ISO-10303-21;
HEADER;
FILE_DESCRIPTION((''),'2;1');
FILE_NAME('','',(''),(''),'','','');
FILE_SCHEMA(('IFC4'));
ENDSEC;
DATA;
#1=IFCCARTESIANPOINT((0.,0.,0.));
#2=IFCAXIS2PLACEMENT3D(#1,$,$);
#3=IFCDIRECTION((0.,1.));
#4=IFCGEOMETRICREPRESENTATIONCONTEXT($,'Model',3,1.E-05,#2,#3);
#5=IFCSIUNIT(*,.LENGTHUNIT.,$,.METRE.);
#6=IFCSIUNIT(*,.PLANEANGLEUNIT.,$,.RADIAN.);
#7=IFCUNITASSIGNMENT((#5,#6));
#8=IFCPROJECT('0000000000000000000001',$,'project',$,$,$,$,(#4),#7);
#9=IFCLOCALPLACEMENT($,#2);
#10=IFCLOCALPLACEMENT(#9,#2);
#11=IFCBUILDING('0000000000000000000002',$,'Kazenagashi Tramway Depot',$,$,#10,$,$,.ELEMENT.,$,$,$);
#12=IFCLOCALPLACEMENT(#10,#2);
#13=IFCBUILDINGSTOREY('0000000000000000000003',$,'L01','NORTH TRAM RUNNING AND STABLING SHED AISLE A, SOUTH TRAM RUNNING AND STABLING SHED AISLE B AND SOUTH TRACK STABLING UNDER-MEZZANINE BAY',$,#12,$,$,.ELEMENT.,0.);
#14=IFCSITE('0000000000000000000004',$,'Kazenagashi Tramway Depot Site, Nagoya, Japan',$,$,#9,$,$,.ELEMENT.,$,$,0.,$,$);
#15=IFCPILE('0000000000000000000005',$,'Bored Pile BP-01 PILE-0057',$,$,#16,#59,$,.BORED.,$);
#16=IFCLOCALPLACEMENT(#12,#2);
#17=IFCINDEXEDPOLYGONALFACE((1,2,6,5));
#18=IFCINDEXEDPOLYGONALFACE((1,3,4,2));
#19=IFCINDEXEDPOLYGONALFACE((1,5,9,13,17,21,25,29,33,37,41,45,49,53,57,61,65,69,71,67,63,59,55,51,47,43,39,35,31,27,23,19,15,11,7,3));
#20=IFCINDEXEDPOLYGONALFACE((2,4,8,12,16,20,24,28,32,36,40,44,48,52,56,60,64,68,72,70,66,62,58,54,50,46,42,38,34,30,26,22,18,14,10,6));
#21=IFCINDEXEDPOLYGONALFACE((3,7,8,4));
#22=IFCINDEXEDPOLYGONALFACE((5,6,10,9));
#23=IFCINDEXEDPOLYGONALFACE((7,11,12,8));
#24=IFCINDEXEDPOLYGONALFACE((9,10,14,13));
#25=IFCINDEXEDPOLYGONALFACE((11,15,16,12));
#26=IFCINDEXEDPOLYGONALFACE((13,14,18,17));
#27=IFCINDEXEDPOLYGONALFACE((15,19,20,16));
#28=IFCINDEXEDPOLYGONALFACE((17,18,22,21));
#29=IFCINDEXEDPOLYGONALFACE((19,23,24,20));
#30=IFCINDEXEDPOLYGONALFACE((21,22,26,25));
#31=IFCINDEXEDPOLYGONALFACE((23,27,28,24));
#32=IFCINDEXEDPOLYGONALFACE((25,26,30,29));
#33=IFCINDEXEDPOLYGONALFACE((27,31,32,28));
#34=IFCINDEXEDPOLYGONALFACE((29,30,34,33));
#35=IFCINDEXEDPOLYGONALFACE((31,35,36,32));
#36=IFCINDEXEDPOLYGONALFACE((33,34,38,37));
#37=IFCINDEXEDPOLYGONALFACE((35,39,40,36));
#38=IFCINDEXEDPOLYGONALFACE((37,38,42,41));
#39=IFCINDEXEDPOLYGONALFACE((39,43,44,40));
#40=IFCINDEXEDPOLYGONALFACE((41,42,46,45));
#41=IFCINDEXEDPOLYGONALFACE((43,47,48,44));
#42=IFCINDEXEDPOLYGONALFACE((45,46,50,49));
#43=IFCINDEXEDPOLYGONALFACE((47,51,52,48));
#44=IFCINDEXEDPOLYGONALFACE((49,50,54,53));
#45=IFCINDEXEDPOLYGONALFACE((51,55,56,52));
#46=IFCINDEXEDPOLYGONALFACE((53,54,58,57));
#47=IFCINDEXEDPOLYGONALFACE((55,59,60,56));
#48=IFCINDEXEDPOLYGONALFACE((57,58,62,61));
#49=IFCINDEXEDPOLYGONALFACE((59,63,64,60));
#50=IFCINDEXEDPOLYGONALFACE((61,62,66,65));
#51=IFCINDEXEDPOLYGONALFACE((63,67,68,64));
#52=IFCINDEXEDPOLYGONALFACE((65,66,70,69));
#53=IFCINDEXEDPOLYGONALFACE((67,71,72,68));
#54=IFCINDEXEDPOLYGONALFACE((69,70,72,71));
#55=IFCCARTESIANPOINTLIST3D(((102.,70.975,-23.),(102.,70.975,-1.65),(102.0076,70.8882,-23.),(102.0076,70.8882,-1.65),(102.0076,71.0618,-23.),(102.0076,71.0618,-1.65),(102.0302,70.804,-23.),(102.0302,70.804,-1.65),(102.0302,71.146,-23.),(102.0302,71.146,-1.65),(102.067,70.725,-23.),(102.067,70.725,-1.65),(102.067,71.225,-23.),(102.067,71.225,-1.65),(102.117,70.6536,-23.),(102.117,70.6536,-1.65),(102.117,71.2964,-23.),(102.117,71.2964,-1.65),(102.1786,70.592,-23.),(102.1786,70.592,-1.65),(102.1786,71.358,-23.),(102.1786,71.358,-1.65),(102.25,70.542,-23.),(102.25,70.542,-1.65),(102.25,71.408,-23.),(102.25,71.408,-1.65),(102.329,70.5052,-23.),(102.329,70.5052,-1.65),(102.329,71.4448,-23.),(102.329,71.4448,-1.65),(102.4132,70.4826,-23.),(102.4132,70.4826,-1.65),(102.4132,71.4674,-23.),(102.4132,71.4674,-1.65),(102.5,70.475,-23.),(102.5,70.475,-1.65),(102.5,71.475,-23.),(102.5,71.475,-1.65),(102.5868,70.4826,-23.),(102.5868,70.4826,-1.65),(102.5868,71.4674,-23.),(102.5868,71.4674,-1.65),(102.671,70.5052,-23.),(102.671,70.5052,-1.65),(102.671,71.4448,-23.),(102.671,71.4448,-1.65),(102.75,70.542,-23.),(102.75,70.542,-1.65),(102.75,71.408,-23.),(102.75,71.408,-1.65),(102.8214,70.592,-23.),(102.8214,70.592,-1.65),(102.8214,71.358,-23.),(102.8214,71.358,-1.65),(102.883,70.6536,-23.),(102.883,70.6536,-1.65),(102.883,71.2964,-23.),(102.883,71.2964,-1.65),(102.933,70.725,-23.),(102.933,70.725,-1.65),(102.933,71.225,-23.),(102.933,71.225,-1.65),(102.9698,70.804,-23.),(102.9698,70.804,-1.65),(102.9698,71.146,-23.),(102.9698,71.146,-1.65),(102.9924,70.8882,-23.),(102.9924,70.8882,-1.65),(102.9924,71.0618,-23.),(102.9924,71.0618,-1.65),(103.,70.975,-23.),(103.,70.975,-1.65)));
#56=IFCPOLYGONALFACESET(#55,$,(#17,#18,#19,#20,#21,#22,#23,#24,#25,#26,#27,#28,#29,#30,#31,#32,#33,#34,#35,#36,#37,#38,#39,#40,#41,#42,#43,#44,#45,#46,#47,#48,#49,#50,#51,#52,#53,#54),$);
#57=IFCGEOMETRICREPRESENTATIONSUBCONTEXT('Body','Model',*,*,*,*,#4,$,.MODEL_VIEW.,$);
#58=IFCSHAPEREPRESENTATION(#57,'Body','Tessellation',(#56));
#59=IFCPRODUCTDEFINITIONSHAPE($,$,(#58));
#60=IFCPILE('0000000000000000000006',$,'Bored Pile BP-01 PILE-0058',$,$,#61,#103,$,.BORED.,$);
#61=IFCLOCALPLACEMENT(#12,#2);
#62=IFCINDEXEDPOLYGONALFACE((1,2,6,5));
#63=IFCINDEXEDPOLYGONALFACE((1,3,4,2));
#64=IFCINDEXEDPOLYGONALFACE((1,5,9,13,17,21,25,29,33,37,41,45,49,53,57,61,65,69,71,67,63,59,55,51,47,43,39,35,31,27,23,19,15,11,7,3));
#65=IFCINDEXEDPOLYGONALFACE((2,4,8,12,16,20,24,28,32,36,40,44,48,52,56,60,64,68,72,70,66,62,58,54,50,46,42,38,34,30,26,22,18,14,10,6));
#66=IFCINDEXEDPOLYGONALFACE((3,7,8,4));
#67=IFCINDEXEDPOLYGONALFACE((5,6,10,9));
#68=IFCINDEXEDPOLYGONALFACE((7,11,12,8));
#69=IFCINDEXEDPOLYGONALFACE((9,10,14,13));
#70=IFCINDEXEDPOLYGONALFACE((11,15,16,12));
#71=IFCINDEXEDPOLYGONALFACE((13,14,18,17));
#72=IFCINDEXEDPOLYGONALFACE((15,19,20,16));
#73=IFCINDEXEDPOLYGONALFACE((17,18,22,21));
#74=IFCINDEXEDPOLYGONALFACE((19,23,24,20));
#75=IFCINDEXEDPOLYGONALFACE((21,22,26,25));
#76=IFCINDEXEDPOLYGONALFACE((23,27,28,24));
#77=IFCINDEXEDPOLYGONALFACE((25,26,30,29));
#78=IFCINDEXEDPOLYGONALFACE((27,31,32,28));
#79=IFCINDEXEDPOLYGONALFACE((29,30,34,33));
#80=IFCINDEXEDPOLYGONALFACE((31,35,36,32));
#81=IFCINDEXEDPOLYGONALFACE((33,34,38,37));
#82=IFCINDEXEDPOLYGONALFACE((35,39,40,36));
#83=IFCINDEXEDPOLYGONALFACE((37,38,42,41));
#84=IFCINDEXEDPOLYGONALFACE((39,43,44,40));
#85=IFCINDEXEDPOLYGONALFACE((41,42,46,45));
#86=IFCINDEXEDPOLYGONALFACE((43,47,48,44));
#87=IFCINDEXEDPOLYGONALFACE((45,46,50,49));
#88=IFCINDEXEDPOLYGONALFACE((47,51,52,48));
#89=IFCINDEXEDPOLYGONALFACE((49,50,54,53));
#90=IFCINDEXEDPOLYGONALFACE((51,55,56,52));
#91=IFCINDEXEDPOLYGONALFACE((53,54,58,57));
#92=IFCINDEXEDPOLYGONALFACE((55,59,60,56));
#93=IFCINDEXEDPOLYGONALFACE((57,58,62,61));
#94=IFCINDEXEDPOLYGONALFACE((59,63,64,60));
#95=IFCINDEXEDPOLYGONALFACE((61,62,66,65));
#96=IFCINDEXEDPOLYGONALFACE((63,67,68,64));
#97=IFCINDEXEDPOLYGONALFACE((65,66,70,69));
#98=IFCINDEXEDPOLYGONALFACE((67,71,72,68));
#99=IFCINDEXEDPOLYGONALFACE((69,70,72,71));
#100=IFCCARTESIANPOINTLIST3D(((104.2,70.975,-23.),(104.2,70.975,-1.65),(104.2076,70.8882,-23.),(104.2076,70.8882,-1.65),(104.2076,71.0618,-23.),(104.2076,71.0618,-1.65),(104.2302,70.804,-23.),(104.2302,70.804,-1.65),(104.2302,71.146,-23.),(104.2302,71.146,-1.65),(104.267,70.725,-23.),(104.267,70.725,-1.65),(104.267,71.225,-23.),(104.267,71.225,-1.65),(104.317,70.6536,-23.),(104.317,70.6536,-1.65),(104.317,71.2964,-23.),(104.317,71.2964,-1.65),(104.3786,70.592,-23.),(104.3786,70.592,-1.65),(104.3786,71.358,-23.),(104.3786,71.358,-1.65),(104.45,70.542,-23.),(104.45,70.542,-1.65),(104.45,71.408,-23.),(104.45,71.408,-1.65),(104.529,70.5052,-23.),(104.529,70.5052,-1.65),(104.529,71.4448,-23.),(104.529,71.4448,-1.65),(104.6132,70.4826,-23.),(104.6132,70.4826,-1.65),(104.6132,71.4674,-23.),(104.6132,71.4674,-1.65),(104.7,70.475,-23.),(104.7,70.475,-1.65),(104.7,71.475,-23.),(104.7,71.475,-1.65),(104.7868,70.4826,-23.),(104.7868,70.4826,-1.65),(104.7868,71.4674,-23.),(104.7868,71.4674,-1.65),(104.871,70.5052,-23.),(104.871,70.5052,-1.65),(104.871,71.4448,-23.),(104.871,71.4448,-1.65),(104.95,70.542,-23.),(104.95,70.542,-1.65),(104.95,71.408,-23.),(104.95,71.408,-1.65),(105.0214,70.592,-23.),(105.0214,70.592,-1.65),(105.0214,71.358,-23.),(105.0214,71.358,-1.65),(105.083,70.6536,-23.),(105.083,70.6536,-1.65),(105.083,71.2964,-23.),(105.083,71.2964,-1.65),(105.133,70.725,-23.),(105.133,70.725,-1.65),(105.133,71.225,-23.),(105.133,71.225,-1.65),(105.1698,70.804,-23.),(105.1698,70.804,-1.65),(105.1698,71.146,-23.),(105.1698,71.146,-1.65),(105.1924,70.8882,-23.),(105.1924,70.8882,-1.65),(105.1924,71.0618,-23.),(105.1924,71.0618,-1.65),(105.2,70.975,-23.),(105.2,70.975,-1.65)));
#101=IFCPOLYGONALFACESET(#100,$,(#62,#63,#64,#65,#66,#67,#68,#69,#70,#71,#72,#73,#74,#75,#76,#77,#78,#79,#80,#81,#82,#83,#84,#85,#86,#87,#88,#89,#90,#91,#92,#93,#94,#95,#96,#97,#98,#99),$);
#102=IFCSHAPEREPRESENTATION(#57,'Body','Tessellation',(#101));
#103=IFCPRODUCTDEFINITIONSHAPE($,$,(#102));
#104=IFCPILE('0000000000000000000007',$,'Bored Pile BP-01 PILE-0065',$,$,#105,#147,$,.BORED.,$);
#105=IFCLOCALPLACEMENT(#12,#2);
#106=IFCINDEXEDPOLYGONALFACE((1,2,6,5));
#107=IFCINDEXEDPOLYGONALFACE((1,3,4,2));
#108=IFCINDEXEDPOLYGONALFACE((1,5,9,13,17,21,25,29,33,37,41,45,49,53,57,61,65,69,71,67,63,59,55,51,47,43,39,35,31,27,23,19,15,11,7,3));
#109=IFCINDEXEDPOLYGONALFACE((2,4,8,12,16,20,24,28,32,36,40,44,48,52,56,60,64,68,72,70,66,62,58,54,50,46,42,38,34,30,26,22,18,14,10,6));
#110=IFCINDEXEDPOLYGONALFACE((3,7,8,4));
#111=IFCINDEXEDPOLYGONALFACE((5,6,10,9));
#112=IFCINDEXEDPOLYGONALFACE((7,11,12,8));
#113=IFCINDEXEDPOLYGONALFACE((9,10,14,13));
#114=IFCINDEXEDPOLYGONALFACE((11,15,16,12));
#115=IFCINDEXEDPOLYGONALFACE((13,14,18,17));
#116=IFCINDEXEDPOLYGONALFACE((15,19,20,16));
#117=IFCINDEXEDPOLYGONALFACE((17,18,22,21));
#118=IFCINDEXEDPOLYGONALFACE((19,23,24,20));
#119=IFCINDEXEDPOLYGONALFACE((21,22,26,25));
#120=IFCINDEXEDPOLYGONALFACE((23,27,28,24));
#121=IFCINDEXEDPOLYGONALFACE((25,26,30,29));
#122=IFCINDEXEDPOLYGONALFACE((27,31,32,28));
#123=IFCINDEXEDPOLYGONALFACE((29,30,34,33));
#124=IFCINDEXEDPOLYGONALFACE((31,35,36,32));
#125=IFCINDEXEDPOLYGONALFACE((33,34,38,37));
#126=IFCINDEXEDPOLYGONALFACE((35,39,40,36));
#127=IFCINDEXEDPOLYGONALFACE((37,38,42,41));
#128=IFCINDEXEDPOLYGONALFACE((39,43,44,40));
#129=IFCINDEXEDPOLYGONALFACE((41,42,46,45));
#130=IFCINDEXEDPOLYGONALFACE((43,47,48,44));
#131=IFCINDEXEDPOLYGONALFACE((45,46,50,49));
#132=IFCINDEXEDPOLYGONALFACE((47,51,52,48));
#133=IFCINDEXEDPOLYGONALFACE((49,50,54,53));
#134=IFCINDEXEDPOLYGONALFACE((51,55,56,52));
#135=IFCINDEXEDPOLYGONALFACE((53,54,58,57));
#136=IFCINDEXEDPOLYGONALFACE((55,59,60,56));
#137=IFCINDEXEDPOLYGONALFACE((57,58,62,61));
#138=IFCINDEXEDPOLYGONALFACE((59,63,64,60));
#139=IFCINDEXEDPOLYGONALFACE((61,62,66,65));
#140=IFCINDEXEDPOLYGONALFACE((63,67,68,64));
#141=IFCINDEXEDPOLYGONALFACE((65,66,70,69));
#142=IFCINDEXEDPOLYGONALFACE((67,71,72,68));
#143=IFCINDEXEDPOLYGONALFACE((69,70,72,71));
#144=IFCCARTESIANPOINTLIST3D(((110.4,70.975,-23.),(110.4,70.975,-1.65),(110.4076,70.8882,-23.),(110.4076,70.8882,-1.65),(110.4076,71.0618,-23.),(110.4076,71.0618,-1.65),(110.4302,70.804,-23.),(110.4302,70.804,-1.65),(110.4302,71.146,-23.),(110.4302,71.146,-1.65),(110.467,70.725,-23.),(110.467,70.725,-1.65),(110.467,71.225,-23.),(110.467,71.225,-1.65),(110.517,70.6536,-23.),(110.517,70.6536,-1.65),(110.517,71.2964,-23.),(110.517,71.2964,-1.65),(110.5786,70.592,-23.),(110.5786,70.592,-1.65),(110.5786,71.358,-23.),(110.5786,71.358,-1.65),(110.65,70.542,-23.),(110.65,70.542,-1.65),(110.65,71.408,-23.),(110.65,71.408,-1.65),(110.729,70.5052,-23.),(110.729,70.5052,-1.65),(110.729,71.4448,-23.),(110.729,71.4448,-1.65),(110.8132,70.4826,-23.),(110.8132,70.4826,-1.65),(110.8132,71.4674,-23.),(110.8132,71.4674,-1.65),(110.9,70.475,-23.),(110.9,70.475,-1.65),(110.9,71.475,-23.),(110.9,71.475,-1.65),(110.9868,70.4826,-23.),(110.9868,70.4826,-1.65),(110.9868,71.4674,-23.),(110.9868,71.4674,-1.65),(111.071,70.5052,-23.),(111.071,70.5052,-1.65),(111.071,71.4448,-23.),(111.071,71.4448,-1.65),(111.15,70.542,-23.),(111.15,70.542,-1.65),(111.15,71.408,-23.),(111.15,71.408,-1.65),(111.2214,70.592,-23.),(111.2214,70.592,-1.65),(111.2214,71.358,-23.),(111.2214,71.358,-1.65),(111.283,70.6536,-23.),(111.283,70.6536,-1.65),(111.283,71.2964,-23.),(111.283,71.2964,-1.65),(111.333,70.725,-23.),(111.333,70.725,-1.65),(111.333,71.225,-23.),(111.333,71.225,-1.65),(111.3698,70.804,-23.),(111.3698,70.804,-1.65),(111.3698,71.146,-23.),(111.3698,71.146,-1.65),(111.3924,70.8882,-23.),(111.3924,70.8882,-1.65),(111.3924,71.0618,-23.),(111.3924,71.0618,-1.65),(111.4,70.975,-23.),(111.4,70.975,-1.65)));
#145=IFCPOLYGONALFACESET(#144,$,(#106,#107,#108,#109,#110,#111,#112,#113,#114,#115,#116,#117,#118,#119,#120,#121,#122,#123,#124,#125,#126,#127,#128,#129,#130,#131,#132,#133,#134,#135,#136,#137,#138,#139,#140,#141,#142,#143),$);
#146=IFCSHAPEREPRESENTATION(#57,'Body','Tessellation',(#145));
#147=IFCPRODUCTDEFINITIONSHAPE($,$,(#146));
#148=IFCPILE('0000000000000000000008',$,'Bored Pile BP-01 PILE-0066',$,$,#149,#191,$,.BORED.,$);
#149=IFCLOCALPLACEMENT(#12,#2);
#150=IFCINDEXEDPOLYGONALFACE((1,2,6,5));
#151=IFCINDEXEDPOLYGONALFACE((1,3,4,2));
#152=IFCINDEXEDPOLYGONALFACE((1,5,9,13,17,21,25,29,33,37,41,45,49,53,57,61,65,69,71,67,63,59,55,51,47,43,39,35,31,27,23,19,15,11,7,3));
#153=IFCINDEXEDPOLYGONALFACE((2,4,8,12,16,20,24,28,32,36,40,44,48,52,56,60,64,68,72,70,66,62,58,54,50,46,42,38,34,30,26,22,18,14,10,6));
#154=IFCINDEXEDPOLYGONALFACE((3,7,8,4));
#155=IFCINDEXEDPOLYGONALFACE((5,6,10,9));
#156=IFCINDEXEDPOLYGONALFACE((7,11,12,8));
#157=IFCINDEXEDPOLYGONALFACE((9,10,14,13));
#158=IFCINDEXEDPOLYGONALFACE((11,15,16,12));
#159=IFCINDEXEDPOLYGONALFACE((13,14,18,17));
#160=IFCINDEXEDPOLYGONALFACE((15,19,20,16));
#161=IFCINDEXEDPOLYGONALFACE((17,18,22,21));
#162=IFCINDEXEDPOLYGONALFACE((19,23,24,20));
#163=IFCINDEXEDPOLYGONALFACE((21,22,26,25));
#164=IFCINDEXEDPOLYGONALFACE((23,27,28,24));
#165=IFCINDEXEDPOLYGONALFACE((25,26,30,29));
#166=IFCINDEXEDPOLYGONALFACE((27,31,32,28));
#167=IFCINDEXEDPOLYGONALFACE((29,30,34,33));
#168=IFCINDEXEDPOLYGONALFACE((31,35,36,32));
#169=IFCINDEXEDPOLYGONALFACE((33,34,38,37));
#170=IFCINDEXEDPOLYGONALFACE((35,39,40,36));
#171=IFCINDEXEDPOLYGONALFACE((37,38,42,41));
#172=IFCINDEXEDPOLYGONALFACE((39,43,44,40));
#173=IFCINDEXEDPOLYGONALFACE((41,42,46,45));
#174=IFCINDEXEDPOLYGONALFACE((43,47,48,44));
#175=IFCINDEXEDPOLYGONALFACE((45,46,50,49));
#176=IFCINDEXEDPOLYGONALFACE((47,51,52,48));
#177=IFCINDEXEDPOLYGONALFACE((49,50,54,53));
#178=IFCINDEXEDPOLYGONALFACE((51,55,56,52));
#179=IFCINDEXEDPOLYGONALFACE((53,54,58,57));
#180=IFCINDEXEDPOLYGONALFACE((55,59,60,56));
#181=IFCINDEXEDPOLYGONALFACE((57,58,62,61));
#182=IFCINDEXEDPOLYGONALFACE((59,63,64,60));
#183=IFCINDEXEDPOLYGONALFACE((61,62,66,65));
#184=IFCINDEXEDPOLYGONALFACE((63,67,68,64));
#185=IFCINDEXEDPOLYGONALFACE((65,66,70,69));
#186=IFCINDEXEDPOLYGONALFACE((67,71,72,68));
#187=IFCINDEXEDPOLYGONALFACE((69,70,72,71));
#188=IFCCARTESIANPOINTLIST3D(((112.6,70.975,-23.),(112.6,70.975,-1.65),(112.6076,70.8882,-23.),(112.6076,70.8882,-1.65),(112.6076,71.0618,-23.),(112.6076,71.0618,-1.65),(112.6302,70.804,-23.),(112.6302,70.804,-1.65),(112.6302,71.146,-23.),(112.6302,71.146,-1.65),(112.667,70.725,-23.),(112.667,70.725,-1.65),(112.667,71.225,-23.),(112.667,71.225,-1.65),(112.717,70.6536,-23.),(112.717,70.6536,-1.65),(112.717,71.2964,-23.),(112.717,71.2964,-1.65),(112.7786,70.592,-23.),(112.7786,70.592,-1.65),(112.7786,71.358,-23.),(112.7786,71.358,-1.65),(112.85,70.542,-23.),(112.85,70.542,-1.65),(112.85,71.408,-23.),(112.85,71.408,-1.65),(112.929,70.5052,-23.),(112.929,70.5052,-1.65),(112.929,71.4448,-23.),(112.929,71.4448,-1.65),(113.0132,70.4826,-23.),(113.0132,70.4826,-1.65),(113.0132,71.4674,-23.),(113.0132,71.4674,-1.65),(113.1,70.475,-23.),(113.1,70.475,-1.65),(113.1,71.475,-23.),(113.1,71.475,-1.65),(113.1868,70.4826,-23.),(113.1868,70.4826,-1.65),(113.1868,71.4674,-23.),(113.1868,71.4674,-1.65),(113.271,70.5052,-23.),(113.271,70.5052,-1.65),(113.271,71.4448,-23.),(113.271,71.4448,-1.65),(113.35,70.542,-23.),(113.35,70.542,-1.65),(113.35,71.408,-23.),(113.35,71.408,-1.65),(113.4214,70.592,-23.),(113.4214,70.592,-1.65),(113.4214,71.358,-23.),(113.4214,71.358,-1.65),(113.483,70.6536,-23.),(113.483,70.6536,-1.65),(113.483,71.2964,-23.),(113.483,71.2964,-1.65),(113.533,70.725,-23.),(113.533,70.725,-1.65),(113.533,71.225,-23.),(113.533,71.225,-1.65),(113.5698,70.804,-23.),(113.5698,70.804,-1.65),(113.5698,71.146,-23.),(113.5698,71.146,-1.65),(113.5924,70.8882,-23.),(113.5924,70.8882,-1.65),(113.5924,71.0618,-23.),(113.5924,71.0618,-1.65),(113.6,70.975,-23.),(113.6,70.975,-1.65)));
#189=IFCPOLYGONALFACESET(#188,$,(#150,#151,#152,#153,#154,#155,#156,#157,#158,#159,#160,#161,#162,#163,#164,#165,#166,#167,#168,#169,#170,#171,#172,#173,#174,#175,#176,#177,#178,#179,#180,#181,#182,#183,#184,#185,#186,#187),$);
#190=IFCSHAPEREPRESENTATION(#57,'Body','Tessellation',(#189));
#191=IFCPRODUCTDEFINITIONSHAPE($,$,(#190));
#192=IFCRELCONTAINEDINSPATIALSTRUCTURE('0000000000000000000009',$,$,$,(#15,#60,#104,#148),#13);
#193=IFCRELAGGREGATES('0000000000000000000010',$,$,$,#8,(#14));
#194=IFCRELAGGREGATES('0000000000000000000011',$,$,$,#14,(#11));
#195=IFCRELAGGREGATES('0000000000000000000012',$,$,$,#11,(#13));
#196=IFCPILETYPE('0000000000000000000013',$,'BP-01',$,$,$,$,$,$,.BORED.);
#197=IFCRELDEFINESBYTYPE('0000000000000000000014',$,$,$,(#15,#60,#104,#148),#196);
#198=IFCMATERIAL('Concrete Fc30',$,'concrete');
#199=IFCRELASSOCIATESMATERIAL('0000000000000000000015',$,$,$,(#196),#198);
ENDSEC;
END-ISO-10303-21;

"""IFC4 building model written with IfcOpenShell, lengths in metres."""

from ifc_helpers import new_model, si_unit, direction, frame, origin, origin_2d, place, context, subcontext, project, spatial, circle, extrude, material, material_profile, profile_set, type_object, element, save


model = new_model("IFC4")

# Units and contexts
model_context = context("Model", 3, precision=1e-05, world=origin(), true_north=direction((0.0, 1.0)))
body_context = subcontext(model_context, "Body", "Model", "MODEL_VIEW")
ifc_project = project(units=[si_unit("LENGTHUNIT", "METRE"), si_unit("PLANEANGLEUNIT", "RADIAN")], contexts=[model_context])

# Site, building, storey
site_placement = place(None, origin())
site = spatial("IfcSite", under=ifc_project, at=site_placement, Name="Kazenagashi Tramway Depot Site, Nagoya, Japan", CompositionType="ELEMENT", RefElevation=0.0)
building_placement = place(site_placement, origin())
building = spatial("IfcBuilding", under=site, at=building_placement, Name="Kazenagashi Tramway Depot", CompositionType="ELEMENT")
storey_placement = place(building_placement, origin())
storey = spatial("IfcBuildingStorey", under=building, at=storey_placement, Name="L01", Description="NORTH TRAM RUNNING AND STABLING SHED AISLE A, SOUTH TRAM RUNNING AND STABLING SHED AISLE B AND SOUTH TRACK STABLING UNDER-MEZZANINE BAY", CompositionType="ELEMENT", Elevation=0.0)

# Piles
ifc_material_1 = material(Name="Concrete Fc30", Category="concrete")
ifc_material_profile_1 = material_profile(ifc_material_1, circle(Radius=0.5, at=origin_2d()), Name="PILE-1000")
ifc_profile_set_1 = profile_set([ifc_material_profile_1], Name="Concrete Fc30")
pile_type_1 = type_object("IfcPileType", Name="BP-01", PredefinedType="BORED", material=ifc_profile_set_1)
for number, where, z_axis, x_axis, name in (
    (1, (102.5, 70.975, -1.65), (0.0, 0.0, -1.0), (1.0, 0.0, 0.0), "Bored Pile BP-01 PILE-0057"),
    (2, (104.7, 70.975, -1.65), (0.0, 0.0, -1.0), (1.0, 0.0, 0.0), "Bored Pile BP-01 PILE-0058"),
    (3, (110.9, 70.975, -1.65), (0.0, 0.0, -1.0), (1.0, 0.0, 0.0), "Bored Pile BP-01 PILE-0065"),
    (4, (113.1, 70.975, -1.65), (0.0, 0.0, -1.0), (1.0, 0.0, 0.0), "Bored Pile BP-01 PILE-0066"),
):
    element("IfcPile", number, at=place(storey_placement, frame(where, z_axis=z_axis, x_axis=x_axis)), inside=storey, type_object=pile_type_1, Name=name, PredefinedType="BORED", context=body_context, shape_type="SweptSolid", body=[
        extrude(circle(Radius=0.5, at=origin_2d()), origin(), (0.0, 0.0, 1.0), 21.35),
    ])

save(model, "model.ifc")
